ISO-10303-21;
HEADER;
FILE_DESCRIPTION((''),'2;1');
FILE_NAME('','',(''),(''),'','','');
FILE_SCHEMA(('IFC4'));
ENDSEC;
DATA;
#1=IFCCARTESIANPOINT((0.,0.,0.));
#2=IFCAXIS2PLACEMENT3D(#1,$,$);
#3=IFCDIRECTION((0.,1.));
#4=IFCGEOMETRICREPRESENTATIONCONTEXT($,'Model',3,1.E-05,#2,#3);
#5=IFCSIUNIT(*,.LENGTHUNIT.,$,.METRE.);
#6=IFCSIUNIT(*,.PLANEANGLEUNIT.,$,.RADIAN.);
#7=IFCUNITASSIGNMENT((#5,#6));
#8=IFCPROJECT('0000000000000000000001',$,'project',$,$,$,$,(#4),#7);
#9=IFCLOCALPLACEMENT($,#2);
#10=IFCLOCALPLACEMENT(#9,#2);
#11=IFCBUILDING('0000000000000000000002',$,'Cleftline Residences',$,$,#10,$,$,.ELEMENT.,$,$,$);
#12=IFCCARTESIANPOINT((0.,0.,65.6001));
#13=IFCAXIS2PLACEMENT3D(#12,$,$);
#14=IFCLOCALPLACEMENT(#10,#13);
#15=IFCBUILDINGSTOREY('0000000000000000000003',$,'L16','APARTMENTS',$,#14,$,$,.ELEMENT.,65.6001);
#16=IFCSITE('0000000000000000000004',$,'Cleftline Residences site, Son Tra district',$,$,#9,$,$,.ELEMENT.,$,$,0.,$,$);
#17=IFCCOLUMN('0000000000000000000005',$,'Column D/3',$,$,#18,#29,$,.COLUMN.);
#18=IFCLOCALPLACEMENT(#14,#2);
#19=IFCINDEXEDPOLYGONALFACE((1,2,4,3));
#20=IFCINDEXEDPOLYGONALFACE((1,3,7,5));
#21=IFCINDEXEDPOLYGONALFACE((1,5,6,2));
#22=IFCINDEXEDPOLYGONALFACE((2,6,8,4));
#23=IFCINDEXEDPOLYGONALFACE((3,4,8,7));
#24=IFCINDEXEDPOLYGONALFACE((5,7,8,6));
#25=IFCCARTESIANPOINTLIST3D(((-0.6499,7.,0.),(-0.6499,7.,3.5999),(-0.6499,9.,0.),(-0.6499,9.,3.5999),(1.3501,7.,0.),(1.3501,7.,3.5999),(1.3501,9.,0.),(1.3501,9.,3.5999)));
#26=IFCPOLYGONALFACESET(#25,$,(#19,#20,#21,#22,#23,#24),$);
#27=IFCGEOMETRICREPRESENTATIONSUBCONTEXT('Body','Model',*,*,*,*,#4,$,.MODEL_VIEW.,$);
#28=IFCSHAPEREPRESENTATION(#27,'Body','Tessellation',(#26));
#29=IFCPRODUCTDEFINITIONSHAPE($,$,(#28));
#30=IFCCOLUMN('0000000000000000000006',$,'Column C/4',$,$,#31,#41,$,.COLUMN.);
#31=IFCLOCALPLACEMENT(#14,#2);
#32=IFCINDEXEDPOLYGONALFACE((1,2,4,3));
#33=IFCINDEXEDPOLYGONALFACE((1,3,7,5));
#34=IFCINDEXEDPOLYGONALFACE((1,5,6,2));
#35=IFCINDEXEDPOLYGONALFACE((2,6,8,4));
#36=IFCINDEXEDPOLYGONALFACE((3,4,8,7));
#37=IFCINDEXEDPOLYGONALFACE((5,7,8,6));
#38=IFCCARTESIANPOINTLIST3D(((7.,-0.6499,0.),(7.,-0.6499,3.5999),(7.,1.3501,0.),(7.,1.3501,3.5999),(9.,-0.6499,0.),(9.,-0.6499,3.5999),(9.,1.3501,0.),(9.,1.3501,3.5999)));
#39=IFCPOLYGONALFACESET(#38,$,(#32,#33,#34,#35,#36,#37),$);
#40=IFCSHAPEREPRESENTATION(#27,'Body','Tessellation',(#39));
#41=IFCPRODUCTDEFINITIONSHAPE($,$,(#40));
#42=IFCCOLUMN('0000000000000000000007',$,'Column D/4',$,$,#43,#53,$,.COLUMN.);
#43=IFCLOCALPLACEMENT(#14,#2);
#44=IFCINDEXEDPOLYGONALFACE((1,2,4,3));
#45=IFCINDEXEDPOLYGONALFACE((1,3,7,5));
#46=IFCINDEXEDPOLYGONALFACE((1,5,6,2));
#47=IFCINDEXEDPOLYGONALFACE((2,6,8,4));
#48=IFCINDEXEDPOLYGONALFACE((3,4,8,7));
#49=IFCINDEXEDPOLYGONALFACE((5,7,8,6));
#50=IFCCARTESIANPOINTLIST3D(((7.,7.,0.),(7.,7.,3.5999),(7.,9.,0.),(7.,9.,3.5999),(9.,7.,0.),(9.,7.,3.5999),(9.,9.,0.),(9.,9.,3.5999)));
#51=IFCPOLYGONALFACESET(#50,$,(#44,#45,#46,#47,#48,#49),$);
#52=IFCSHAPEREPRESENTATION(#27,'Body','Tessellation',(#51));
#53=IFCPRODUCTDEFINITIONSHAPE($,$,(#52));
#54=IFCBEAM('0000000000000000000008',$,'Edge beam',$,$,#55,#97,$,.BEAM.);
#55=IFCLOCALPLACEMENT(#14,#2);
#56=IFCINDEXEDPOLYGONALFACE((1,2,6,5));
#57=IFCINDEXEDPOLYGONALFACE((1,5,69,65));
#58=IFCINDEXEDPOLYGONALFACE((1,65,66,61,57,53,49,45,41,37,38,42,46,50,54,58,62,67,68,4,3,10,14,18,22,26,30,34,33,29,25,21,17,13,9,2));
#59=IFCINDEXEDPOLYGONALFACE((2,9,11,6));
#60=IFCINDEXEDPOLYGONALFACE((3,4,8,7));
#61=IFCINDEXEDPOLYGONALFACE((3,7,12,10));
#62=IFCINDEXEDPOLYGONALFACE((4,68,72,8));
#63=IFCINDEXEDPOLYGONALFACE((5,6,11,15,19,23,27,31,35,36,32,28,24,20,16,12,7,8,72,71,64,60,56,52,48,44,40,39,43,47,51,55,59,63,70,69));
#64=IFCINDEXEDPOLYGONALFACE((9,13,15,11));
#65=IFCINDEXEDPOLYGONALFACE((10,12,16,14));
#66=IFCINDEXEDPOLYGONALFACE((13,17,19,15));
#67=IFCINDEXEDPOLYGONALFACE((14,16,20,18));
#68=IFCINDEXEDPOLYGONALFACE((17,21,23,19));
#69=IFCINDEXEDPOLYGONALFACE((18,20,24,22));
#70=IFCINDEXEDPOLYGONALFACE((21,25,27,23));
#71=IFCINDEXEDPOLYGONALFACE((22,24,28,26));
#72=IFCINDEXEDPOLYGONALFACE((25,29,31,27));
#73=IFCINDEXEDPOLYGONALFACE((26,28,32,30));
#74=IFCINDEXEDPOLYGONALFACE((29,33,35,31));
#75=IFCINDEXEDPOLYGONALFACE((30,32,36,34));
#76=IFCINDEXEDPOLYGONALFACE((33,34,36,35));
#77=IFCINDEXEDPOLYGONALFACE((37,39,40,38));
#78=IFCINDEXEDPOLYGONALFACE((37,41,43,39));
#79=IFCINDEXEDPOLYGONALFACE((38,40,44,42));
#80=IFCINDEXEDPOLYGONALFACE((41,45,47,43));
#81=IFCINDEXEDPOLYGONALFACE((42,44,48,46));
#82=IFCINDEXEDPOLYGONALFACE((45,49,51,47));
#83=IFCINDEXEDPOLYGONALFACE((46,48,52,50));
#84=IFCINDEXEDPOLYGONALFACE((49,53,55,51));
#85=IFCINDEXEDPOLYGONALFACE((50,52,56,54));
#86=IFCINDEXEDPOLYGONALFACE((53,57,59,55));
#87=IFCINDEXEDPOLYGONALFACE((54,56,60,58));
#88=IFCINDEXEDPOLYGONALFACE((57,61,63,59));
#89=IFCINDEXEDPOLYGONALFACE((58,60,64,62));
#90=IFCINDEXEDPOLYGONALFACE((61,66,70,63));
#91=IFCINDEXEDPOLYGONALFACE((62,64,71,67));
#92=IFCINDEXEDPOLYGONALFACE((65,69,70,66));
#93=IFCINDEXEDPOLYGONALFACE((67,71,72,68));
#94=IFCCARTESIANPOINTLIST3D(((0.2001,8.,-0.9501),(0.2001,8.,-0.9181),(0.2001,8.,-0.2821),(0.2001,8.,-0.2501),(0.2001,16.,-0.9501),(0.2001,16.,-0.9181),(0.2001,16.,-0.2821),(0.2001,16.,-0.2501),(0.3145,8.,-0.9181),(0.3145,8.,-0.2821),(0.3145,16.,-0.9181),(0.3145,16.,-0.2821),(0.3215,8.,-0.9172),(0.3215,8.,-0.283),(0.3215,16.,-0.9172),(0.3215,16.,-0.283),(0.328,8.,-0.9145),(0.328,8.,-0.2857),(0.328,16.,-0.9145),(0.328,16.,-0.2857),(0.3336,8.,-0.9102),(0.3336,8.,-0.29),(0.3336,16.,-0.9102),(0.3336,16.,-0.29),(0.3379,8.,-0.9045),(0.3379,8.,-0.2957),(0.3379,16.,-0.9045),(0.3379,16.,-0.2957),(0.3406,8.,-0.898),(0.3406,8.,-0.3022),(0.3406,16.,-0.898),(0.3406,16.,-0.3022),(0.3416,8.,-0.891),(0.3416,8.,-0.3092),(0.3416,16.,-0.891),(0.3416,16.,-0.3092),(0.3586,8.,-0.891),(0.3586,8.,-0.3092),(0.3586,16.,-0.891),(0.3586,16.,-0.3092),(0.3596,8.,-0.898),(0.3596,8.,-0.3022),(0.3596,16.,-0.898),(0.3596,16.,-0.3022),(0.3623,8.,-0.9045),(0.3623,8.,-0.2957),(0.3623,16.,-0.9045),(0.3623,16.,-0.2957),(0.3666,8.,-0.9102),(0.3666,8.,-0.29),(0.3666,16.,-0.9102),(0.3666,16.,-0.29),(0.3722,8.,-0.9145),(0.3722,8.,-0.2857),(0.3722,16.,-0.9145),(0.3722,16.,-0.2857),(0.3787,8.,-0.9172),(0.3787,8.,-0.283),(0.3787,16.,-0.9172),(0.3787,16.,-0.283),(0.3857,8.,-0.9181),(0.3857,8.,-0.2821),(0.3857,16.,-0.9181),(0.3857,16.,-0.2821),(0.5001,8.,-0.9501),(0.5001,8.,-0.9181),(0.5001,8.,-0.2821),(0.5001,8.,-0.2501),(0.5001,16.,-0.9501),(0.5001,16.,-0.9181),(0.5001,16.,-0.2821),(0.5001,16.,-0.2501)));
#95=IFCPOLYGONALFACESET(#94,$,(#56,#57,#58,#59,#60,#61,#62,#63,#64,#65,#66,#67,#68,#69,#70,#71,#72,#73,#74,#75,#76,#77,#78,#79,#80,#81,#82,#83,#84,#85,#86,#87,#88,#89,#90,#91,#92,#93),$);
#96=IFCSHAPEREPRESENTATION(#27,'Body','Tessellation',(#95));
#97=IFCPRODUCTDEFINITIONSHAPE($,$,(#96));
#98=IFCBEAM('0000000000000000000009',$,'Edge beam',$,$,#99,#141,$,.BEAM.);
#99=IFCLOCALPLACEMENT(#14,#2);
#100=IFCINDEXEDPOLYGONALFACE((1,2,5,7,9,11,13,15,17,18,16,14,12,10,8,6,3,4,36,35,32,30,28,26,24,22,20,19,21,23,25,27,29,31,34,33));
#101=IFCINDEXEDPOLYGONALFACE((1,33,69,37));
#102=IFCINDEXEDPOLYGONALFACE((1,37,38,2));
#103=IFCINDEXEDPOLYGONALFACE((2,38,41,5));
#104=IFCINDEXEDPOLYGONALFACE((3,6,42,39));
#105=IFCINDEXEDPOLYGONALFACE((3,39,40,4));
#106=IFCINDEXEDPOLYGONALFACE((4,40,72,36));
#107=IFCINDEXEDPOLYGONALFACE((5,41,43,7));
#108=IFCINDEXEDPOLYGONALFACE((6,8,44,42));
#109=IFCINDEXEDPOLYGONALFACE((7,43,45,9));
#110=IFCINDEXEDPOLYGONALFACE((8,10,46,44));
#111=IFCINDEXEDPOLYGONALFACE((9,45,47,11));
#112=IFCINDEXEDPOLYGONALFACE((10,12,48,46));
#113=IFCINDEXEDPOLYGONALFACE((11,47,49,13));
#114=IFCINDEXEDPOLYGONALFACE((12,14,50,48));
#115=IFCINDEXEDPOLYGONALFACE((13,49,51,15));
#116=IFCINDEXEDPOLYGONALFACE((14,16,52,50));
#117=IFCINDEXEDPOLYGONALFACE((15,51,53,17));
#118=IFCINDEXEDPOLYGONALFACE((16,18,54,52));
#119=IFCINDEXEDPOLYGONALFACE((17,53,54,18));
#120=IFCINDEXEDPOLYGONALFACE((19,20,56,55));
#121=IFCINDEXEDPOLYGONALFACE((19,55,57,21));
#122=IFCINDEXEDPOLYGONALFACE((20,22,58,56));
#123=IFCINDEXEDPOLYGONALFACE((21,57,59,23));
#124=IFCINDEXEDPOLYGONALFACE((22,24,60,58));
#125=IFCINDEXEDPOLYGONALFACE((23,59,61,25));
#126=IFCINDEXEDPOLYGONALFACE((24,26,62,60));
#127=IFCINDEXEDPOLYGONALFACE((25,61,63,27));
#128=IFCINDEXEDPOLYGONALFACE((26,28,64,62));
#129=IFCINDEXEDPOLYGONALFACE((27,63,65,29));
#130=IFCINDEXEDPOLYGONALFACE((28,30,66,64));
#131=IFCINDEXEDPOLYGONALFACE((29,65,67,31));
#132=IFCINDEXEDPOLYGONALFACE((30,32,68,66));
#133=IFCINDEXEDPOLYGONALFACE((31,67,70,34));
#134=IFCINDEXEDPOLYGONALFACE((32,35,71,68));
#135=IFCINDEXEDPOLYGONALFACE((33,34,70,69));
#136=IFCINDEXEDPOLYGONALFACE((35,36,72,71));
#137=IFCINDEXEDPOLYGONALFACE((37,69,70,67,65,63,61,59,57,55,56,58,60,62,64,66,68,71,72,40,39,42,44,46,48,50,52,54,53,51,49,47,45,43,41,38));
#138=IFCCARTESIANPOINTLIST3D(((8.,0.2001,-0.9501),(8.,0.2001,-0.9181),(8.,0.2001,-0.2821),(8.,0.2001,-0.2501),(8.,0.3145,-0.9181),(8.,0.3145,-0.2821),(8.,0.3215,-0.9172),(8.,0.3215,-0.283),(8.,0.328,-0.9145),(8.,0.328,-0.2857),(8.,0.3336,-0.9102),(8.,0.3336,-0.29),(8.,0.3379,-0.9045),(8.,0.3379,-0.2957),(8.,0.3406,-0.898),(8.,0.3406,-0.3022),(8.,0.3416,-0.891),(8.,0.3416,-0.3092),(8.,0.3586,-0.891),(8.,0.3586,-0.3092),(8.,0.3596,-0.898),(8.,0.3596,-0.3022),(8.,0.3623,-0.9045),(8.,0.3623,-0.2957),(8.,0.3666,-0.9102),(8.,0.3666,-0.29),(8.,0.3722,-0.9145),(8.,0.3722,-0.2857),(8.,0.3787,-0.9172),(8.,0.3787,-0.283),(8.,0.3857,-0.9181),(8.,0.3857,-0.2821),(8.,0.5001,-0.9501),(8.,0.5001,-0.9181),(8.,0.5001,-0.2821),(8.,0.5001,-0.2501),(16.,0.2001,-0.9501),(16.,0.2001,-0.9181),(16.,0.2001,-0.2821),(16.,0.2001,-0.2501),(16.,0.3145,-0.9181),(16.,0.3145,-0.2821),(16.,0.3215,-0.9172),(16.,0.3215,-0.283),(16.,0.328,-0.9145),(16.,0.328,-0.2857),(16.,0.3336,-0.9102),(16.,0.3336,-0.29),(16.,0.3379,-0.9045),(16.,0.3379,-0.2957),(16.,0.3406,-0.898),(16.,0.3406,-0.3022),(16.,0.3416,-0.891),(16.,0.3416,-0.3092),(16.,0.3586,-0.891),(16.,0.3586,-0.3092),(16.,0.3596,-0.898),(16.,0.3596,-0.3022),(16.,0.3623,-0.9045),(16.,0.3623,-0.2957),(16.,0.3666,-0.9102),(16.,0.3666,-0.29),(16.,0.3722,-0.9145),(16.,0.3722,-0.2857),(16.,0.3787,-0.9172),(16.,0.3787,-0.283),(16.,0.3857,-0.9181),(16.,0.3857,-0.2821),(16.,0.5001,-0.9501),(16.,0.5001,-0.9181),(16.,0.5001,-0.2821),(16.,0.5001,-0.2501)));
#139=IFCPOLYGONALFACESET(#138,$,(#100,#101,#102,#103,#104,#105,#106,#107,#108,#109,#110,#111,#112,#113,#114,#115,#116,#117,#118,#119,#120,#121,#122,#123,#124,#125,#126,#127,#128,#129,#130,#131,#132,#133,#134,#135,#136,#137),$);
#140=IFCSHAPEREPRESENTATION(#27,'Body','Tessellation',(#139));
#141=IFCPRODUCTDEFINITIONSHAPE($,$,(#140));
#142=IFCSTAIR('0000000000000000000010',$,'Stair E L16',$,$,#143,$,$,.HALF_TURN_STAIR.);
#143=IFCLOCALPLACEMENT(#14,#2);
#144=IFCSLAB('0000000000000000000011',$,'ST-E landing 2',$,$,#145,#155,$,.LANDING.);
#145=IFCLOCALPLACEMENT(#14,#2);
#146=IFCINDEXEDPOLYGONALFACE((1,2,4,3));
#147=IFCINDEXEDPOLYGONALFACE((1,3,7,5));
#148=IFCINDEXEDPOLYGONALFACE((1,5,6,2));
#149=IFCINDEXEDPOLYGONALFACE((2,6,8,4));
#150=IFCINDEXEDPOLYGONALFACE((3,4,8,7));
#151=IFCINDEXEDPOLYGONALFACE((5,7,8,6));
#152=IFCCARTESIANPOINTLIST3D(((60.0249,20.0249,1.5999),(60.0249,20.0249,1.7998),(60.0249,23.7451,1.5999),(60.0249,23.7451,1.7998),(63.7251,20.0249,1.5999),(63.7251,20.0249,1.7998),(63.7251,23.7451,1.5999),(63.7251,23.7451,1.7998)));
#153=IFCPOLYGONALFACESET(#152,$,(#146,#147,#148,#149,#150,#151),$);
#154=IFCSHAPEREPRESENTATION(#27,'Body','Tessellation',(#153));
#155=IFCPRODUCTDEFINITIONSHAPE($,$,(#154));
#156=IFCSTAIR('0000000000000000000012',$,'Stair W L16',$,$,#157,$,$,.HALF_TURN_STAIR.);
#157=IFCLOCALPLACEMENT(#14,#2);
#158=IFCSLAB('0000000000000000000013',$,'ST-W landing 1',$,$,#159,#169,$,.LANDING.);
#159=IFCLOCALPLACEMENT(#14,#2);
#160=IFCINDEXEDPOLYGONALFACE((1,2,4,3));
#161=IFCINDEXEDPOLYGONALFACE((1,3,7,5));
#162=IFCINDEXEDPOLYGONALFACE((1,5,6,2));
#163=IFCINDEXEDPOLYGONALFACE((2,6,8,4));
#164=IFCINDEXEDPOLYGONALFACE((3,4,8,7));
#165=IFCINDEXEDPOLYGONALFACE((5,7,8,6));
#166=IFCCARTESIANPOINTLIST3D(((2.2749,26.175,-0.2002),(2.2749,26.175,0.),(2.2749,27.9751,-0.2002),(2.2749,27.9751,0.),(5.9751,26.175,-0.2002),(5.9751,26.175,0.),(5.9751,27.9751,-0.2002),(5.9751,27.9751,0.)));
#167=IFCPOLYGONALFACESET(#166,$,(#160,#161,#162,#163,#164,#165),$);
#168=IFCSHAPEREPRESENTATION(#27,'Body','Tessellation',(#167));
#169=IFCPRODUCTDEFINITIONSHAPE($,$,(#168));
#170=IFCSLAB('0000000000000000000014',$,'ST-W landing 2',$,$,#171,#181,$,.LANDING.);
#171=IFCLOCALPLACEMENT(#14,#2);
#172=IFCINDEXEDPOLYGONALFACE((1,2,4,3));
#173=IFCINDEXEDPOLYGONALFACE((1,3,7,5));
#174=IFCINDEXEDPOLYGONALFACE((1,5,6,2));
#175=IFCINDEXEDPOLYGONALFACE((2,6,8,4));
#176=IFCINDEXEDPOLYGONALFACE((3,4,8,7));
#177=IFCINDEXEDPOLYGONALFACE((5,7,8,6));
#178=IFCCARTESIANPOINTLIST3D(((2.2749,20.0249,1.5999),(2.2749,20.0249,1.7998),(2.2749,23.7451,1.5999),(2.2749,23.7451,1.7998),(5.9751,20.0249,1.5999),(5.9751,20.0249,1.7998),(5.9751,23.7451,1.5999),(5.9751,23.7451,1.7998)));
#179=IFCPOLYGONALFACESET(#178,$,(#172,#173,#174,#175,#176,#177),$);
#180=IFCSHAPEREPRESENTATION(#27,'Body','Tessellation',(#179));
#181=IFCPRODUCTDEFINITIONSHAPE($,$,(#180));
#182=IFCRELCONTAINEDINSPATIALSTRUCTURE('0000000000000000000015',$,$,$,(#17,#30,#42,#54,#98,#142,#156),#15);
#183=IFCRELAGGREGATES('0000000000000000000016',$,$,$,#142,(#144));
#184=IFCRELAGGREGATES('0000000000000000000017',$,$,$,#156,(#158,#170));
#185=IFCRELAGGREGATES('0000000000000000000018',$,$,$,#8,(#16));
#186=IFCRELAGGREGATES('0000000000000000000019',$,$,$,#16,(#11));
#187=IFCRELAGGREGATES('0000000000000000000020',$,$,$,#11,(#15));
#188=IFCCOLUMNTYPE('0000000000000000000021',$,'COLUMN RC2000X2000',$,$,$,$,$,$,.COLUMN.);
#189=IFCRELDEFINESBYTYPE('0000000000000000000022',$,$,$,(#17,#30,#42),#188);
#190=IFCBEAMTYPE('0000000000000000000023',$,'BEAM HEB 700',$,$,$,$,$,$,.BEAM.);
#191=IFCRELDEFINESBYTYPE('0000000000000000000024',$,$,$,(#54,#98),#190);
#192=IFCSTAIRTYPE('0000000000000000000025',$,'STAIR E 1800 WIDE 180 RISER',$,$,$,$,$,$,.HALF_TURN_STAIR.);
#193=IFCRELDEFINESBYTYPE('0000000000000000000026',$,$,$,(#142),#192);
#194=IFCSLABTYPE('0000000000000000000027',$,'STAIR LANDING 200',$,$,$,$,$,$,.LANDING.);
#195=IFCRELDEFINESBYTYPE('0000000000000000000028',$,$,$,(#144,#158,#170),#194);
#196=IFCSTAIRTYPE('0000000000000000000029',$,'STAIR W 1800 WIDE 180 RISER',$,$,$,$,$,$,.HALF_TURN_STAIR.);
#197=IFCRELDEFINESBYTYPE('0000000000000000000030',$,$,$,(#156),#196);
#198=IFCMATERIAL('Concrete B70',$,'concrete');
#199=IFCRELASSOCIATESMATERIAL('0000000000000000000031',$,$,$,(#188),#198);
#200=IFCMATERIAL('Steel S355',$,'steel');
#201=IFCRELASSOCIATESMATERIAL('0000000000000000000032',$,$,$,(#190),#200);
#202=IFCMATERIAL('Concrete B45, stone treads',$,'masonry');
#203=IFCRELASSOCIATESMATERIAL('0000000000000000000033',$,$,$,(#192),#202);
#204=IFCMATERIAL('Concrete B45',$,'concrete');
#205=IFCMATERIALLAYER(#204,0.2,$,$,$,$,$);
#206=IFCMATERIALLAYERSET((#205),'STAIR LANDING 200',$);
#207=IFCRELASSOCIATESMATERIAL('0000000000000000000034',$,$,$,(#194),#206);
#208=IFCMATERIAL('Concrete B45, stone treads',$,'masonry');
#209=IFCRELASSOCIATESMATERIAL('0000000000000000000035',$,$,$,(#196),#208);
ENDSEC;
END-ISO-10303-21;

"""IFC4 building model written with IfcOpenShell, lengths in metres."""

from ifc_helpers import new_model, si_unit, direction, frame, origin, origin_2d, place, context, subcontext, project, spatial, polyline, rectangle, i_section, outline, extrude, material, layer, layer_set, material_profile, profile_set, type_object, element, aggregate, save


model = new_model("IFC4")

# Units and contexts
model_context = context("Model", 3, precision=1e-05, world=origin(), true_north=direction((0.0, 1.0)))
body_context = subcontext(model_context, "Body", "Model", "MODEL_VIEW")
ifc_project = project(units=[si_unit("LENGTHUNIT", "METRE"), si_unit("PLANEANGLEUNIT", "RADIAN")], contexts=[model_context])

# Site, building, storey
site_placement = place(None, origin())
site = spatial("IfcSite", under=ifc_project, at=site_placement, Name="Cleftline Residences site, Son Tra district", CompositionType="ELEMENT", RefElevation=0.0)
building_placement = place(site_placement, origin())
building = spatial("IfcBuilding", under=site, at=building_placement, Name="Cleftline Residences", CompositionType="ELEMENT")
storey_placement = place(building_placement, frame((0.0, 0.0, 65.6001)))
storey = spatial("IfcBuildingStorey", under=building, at=storey_placement, Name="L16", Description="APARTMENTS", CompositionType="ELEMENT", Elevation=65.6001)

# Columns
ifc_material_1 = material(Name="Concrete B70", Category="concrete")
ifc_material_profile_1 = material_profile(ifc_material_1, rectangle(XDim=2.0, YDim=2.0, at=origin_2d()))
ifc_profile_set_1 = profile_set([ifc_material_profile_1], Name="Concrete B70")
column_type = type_object("IfcColumnType", Name="COLUMN RC2000X2000", PredefinedType="COLUMN", material=ifc_profile_set_1)
for number, where, z_axis, x_axis, name in (
    (1, (0.3501, 8.0, 0.0), (0.0, 0.0, 1.0), (1.0, 0.0, 0.0), "Column D/3"),
    (2, (8.0, 0.3501, 0.0), (0.0, 0.0, 1.0), (1.0, 0.0, 0.0), "Column C/4"),
    (3, (8.0, 8.0, 0.0), (0.0, 0.0, 1.0), (1.0, 0.0, 0.0), "Column D/4"),
):
    element("IfcColumn", number, at=place(storey_placement, frame(where, z_axis=z_axis, x_axis=x_axis)), inside=storey, type_object=column_type, Name=name, PredefinedType="COLUMN", context=body_context, shape_type="SweptSolid", body=[
        extrude(rectangle(XDim=2.0, YDim=2.0, at=origin_2d()), origin(), (0.0, 0.0, 1.0), 3.5999),
    ])

# Beams
ifc_material_2 = material(Name="Steel S355", Category="steel")
ifc_material_profile_2 = material_profile(ifc_material_2, i_section(OverallWidth=0.3, OverallDepth=0.7, WebThickness=0.0171, FlangeThickness=0.032, FilletRadius=0.0271, at=origin_2d()))
ifc_profile_set_2 = profile_set([ifc_material_profile_2], Name="Steel S355")
beam_type = type_object("IfcBeamType", Name="BEAM HEB 700", PredefinedType="BEAM", material=ifc_profile_set_2)
for number, where, z_axis, x_axis, name in (
    (4, (0.3501, 8.0, -0.6001), (0.0, 1.0, 0.0), (-1.0, 0.0, 0.0), "Edge beam"),
    (5, (8.0, 0.3501, -0.6001), (1.0, 0.0, 0.0), (0.0, 1.0, 0.0), "Edge beam"),
):
    element("IfcBeam", number, at=place(storey_placement, frame(where, z_axis=z_axis, x_axis=x_axis)), inside=storey, type_object=beam_type, Name=name, PredefinedType="BEAM", context=body_context, shape_type="SweptSolid", body=[
        extrude(i_section(OverallWidth=0.3, OverallDepth=0.7, WebThickness=0.0171, FlangeThickness=0.032, FilletRadius=0.0271, at=origin_2d()), origin(), (0.0, 0.0, 1.0), 8.0),
    ])

# Stair, slab
ifc_material_3 = material(Name="Concrete B45, stone treads", Category="masonry")
stair_type_1 = type_object("IfcStairType", Name="STAIR E 1800 WIDE 180 RISER", PredefinedType="HALF_TURN_STAIR", material=ifc_material_3)
stair_1_placement = place(storey_placement, origin())
stair_1 = element("IfcStair", 6, at=stair_1_placement, inside=storey, type_object=stair_type_1, Name="Stair E L16", PredefinedType="HALF_TURN_STAIR")
ifc_material_4 = material(Name="Concrete B45", Category="concrete")
ifc_layer_1 = layer(ifc_material_4, 0.2)
ifc_layer_set_1 = layer_set([ifc_layer_1], Name="STAIR LANDING 200")
slab_type = type_object("IfcSlabType", Name="STAIR LANDING 200", PredefinedType="LANDING", material=ifc_layer_set_1)
slab_1_placement = place(storey_placement, frame((0.0, 0.0, 1.5999)))
slab_1 = element("IfcSlab", 7, at=slab_1_placement, type_object=slab_type, Name="ST-E landing 2", PredefinedType="LANDING", context=body_context, shape_type="SweptSolid", body=[
    extrude(outline(polyline([(60.0249, 20.0249), (63.7251, 20.0249), (63.7251, 23.7451), (60.0249, 23.7451), (60.0249, 20.0249)])), origin(), (0.0, 0.0, 1.0), 0.2),
])
aggregate(stair_1, [slab_1])

# Stair, slabs
ifc_material_5 = material(Name="Concrete B45, stone treads", Category="masonry")
stair_type_2 = type_object("IfcStairType", Name="STAIR W 1800 WIDE 180 RISER", PredefinedType="HALF_TURN_STAIR", material=ifc_material_5)
stair_2_placement = place(storey_placement, origin())
stair_2 = element("IfcStair", 8, at=stair_2_placement, inside=storey, type_object=stair_type_2, Name="Stair W L16", PredefinedType="HALF_TURN_STAIR")
slab_2_placement = place(storey_placement, frame((0.0, 0.0, -0.2002)))
slab_2 = element("IfcSlab", 9, at=slab_2_placement, type_object=slab_type, Name="ST-W landing 1", PredefinedType="LANDING", context=body_context, shape_type="SweptSolid", body=[
    extrude(outline(polyline([(2.2749, 26.175), (5.9751, 26.175), (5.9751, 27.9751), (2.2749, 27.9751), (2.2749, 26.175)])), origin(), (0.0, 0.0, 1.0), 0.2002),
])
slab_3_placement = place(storey_placement, frame((0.0, 0.0, 1.5999)))
slab_3 = element("IfcSlab", 10, at=slab_3_placement, type_object=slab_type, Name="ST-W landing 2", PredefinedType="LANDING", context=body_context, shape_type="SweptSolid", body=[
    extrude(outline(polyline([(2.2749, 20.0249), (5.9751, 20.0249), (5.9751, 23.7451), (2.2749, 23.7451), (2.2749, 20.0249)])), origin(), (0.0, 0.0, 1.0), 0.2),
])
aggregate(stair_2, [slab_2, slab_3])

save(model, "model.ifc")
